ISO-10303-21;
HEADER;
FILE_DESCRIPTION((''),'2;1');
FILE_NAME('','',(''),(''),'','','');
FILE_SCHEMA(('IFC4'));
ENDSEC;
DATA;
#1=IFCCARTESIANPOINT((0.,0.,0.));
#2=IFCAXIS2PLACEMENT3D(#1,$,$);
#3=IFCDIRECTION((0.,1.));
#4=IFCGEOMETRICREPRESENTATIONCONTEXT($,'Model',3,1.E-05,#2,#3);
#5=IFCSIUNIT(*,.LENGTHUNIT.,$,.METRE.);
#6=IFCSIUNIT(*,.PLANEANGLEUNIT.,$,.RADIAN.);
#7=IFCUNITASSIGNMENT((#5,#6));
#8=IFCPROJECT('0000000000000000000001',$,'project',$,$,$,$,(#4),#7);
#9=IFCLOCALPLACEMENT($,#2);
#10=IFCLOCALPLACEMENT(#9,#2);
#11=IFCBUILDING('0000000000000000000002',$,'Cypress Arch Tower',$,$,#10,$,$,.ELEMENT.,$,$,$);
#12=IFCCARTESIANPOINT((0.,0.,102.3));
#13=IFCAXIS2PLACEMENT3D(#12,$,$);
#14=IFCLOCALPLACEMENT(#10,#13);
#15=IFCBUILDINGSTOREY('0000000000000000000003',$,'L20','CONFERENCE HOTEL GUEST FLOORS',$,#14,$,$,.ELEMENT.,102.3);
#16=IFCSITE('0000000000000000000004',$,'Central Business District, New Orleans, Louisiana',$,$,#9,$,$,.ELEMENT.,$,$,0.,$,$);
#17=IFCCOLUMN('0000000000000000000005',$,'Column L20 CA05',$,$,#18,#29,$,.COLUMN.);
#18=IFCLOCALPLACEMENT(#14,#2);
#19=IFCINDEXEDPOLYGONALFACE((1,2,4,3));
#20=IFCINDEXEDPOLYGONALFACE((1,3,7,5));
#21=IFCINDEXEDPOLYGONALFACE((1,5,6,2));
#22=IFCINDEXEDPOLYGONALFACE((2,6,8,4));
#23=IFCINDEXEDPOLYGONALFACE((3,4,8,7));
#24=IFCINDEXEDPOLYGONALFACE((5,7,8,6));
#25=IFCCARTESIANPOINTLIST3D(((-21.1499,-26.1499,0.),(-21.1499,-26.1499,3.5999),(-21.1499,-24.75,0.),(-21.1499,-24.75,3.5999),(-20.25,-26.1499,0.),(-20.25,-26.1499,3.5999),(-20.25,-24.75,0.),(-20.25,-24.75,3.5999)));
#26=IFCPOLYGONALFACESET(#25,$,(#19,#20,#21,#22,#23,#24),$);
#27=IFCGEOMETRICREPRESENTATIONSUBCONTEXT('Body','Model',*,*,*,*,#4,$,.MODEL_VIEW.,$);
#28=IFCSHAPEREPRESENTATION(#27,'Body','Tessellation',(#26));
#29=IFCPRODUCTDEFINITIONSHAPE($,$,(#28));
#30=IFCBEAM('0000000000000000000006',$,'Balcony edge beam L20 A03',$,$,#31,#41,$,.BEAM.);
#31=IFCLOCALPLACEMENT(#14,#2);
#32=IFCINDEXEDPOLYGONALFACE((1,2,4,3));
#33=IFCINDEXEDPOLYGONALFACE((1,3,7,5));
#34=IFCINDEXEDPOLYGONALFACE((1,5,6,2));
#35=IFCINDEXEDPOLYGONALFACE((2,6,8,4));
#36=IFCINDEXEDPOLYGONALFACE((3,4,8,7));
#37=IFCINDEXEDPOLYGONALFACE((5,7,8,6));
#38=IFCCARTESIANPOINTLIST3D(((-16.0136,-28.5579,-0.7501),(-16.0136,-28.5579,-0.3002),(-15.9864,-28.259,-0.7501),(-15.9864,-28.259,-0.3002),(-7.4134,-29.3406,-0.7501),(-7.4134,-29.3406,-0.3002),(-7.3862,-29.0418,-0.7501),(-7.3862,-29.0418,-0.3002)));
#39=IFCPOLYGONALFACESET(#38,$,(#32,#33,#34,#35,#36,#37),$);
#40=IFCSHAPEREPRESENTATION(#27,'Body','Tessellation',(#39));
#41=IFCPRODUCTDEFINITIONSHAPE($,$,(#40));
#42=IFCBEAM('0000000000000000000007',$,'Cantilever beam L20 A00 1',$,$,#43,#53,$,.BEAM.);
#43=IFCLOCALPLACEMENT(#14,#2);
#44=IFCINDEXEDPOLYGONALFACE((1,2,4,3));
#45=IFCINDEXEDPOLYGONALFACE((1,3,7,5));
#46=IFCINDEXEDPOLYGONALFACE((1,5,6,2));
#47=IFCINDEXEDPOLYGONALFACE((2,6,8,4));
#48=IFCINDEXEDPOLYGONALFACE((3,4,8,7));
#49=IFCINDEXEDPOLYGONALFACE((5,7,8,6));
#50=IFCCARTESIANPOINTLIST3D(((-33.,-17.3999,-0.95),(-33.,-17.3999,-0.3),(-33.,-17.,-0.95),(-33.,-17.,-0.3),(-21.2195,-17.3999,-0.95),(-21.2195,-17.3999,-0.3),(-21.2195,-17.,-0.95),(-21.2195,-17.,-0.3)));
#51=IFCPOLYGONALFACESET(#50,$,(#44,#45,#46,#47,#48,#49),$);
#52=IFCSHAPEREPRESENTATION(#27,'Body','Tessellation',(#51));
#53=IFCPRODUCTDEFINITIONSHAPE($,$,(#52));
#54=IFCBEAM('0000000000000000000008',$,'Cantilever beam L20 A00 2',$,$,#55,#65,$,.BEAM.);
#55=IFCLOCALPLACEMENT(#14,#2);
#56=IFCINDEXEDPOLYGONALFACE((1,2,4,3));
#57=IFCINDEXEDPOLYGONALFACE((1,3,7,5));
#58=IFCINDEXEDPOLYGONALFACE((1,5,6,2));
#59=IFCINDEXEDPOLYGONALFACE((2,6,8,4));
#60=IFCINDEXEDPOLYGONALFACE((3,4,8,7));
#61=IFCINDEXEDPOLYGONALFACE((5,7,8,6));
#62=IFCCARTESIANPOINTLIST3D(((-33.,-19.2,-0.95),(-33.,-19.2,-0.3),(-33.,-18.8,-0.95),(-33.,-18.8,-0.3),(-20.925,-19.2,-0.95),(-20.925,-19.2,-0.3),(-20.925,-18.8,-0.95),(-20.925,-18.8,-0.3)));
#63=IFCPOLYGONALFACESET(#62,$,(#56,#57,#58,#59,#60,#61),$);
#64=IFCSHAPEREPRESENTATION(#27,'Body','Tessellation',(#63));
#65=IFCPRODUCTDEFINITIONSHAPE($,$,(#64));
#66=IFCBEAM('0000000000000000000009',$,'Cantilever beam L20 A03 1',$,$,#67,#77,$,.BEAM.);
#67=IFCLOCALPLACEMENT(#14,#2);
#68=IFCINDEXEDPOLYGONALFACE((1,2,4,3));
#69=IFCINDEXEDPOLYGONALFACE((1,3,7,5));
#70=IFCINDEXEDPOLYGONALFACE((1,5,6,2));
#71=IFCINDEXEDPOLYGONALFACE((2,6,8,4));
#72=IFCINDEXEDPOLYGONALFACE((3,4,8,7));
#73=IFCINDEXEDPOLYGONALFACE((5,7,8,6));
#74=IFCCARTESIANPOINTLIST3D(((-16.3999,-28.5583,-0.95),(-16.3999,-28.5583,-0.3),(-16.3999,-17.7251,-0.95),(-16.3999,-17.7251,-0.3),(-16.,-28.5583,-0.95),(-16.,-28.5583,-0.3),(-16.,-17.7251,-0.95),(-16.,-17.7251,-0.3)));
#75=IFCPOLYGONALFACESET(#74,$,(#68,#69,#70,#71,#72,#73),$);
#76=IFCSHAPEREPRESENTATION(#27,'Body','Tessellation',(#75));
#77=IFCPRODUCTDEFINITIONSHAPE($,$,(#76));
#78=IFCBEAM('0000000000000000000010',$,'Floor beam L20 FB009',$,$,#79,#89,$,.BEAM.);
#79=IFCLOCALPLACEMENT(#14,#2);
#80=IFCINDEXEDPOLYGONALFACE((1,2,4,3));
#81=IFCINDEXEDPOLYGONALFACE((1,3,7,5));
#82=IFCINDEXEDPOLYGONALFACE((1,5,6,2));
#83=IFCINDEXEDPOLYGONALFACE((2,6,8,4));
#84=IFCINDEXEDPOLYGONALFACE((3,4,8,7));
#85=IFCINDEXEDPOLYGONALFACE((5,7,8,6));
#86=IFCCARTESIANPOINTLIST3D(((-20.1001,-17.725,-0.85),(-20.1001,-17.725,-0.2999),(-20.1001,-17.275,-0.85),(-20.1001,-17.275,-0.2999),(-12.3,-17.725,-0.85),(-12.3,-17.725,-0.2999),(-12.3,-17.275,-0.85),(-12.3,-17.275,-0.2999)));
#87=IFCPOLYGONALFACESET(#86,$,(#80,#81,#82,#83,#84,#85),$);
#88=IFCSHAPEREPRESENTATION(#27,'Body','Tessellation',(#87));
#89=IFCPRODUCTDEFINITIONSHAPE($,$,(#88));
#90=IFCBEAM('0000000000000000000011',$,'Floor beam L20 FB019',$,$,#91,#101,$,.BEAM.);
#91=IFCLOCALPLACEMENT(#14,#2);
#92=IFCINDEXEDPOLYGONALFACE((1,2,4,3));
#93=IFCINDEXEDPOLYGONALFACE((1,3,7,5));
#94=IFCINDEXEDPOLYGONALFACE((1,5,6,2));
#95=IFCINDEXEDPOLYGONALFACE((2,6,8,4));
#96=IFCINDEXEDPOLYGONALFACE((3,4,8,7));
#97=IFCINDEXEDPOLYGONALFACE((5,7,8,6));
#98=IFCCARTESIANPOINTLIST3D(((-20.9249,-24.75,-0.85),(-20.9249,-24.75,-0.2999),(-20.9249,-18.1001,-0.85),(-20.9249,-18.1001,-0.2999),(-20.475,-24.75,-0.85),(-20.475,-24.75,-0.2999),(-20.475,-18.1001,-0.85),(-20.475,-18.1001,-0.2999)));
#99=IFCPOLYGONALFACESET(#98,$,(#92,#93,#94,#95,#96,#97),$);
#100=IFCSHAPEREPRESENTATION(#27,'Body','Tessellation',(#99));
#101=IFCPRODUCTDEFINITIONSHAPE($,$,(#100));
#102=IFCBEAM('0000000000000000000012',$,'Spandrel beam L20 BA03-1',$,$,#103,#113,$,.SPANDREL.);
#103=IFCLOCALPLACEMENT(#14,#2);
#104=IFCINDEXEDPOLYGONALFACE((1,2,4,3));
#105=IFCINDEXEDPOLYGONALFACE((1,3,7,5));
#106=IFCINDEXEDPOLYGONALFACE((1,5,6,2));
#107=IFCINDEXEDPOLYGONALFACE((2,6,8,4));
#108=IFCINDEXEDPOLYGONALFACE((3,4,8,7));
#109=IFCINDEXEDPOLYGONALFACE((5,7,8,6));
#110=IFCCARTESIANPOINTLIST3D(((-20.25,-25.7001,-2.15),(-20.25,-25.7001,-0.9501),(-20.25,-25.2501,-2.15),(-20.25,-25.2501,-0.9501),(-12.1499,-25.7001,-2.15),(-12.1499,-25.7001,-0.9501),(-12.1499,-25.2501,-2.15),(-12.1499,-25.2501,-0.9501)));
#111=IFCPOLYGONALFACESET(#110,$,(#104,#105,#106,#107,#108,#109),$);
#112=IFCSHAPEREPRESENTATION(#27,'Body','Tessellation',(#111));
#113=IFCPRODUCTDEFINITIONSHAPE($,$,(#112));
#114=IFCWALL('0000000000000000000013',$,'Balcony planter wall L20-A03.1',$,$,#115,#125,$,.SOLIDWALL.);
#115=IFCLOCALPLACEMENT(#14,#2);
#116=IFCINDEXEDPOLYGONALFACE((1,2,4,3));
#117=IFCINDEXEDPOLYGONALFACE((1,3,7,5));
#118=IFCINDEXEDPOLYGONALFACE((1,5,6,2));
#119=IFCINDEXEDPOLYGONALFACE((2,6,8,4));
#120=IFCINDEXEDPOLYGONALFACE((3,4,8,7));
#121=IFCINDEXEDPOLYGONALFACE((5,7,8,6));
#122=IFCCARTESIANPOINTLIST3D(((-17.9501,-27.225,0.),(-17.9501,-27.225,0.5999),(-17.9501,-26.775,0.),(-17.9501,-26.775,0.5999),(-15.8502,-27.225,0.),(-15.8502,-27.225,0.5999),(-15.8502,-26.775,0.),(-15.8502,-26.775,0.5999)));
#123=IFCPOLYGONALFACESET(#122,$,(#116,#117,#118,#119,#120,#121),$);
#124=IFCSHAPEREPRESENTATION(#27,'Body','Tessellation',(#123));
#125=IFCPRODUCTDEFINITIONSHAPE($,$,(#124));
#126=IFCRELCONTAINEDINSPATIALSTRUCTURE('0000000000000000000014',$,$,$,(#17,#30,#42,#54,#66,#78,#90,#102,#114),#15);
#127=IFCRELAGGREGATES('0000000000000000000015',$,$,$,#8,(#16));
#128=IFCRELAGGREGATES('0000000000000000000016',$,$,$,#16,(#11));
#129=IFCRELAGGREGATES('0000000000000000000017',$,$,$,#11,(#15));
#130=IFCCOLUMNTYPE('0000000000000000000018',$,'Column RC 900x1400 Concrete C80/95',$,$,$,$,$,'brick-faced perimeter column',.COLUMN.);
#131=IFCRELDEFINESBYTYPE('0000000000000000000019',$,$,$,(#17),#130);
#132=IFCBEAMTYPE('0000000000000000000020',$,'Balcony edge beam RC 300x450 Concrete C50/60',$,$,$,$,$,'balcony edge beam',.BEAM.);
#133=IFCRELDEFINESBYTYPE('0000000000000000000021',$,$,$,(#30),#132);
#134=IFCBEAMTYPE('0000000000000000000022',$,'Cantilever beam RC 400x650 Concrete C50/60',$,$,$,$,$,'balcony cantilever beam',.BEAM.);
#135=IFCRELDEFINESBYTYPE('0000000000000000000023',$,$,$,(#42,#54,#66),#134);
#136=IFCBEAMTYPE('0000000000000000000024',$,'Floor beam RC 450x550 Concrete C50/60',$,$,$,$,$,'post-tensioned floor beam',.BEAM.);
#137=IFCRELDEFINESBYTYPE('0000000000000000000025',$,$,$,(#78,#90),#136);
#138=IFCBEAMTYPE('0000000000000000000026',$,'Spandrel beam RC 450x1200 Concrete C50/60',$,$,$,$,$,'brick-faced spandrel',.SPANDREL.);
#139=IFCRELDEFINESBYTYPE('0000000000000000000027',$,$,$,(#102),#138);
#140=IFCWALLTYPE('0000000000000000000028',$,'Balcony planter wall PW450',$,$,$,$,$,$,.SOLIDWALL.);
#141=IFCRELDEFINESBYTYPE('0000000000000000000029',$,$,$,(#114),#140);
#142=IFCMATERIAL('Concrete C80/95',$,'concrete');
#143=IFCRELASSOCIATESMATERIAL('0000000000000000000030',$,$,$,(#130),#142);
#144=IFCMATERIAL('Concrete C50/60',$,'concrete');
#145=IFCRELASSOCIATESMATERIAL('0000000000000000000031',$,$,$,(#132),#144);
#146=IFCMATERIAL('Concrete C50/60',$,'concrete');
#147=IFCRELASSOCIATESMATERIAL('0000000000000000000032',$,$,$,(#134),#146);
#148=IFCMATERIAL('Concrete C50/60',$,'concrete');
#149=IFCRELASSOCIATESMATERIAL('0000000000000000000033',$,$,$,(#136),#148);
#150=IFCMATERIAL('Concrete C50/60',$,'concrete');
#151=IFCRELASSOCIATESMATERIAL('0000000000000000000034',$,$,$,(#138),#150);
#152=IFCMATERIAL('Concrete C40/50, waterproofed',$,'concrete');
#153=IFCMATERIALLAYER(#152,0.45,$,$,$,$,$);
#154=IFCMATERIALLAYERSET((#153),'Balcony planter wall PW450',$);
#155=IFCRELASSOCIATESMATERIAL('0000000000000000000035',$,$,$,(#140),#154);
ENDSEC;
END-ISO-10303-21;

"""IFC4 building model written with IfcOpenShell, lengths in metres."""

from ifc_helpers import new_model, si_unit, direction, frame, frame_2d, origin, origin_2d, place, context, subcontext, project, spatial, rectangle, extrude, material, layer, layer_set, material_profile, profile_set, type_object, element, save


model = new_model("IFC4")

# Units and contexts
model_context = context("Model", 3, precision=1e-05, world=origin(), true_north=direction((0.0, 1.0)))
body_context = subcontext(model_context, "Body", "Model", "MODEL_VIEW")
ifc_project = project(units=[si_unit("LENGTHUNIT", "METRE"), si_unit("PLANEANGLEUNIT", "RADIAN")], contexts=[model_context])

# Site, building, storey
site_placement = place(None, origin())
site = spatial("IfcSite", under=ifc_project, at=site_placement, Name="Central Business District, New Orleans, Louisiana", CompositionType="ELEMENT", RefElevation=0.0)
building_placement = place(site_placement, origin())
building = spatial("IfcBuilding", under=site, at=building_placement, Name="Cypress Arch Tower", CompositionType="ELEMENT")
storey_placement = place(building_placement, frame((0.0, 0.0, 102.3)))
storey = spatial("IfcBuildingStorey", under=building, at=storey_placement, Name="L20", Description="CONFERENCE HOTEL GUEST FLOORS", CompositionType="ELEMENT", Elevation=102.3)

# Column
ifc_material_1 = material(Name="Concrete C80/95", Category="concrete")
ifc_material_profile_1 = material_profile(ifc_material_1, rectangle(XDim=0.8999, YDim=1.3999, at=origin_2d()), Name="RC 900x1400")
ifc_profile_set_1 = profile_set([ifc_material_profile_1], Name="Concrete C80/95")
column_type = type_object("IfcColumnType", Name="Column RC 900x1400 Concrete C80/95", ElementType="brick-faced perimeter column", PredefinedType="COLUMN", material=ifc_profile_set_1)
column_placement = place(storey_placement, frame((-20.7, -25.45, 0.0), z_axis=(0.0, 0.0, 1.0), x_axis=(1.0, 0.0, 0.0)))
element("IfcColumn", 1, at=column_placement, inside=storey, type_object=column_type, Name="Column L20 CA05", PredefinedType="COLUMN", context=body_context, shape_type="SweptSolid", body=[
    extrude(rectangle(XDim=0.8999, YDim=1.3999, at=origin_2d()), origin(), (0.0, 0.0, 1.0), 3.5999),
])

# Beams
ifc_material_2 = material(Name="Concrete C50/60", Category="concrete")
ifc_material_profile_2 = material_profile(ifc_material_2, rectangle(XDim=0.3, YDim=0.45, at=origin_2d()), Name="RC 300x450")
ifc_profile_set_2 = profile_set([ifc_material_profile_2], Name="Concrete C50/60")
beam_type_1 = type_object("IfcBeamType", Name="Balcony edge beam RC 300x450 Concrete C50/60", ElementType="balcony edge beam", PredefinedType="BEAM", material=ifc_profile_set_2)
beam_1_placement = place(storey_placement, frame((-16.0, -28.4084, -0.5251), z_axis=(0.995884, -0.090638, 0.0), x_axis=(0.090638, 0.995884, 0.0)))
element("IfcBeam", 2, at=beam_1_placement, inside=storey, type_object=beam_type_1, Name="Balcony edge beam L20 A03", PredefinedType="BEAM", context=body_context, shape_type="SweptSolid", body=[
    extrude(rectangle(XDim=0.3, YDim=0.45, at=origin_2d()), origin(), (0.0, 0.0, 1.0), 8.6357),
])
ifc_material_3 = material(Name="Concrete C50/60", Category="concrete")
ifc_material_profile_3 = material_profile(ifc_material_3, rectangle(XDim=0.3999, YDim=0.6499, at=origin_2d()), Name="RC 400x650")
ifc_profile_set_3 = profile_set([ifc_material_profile_3], Name="Concrete C50/60")
beam_type_2 = type_object("IfcBeamType", Name="Cantilever beam RC 400x650 Concrete C50/60", ElementType="balcony cantilever beam", PredefinedType="BEAM", material=ifc_profile_set_3)
beam_2_placement = place(storey_placement, frame((-21.2195, -17.2, -0.625), z_axis=(-1.0, 0.0, 0.0), x_axis=(0.0, -1.0, 0.0)))
element("IfcBeam", 3, at=beam_2_placement, inside=storey, type_object=beam_type_2, Name="Cantilever beam L20 A00 1", PredefinedType="BEAM", context=body_context, shape_type="SweptSolid", body=[
    extrude(rectangle(XDim=0.3999, YDim=0.6499, at=origin_2d()), origin(), (0.0, 0.0, 1.0), 11.7805),
])
beam_3_placement = place(storey_placement, frame((-20.925, -19.0, -0.625), z_axis=(-1.0, 0.0, 0.0), x_axis=(0.0, -1.0, 0.0)))
element("IfcBeam", 4, at=beam_3_placement, inside=storey, type_object=beam_type_2, Name="Cantilever beam L20 A00 2", PredefinedType="BEAM", context=body_context, shape_type="SweptSolid", body=[
    extrude(rectangle(XDim=0.3999, YDim=0.6499, at=origin_2d()), origin(), (0.0, 0.0, 1.0), 12.075),
])
beam_4_placement = place(storey_placement, frame((-16.2, -17.7251, -0.625), z_axis=(0.0, -1.0, 0.0), x_axis=(1.0, 0.0, 0.0)))
element("IfcBeam", 5, at=beam_4_placement, inside=storey, type_object=beam_type_2, Name="Cantilever beam L20 A03 1", PredefinedType="BEAM", context=body_context, shape_type="SweptSolid", body=[
    extrude(rectangle(XDim=0.3999, YDim=0.6499, at=origin_2d()), origin(), (0.0, 0.0, 1.0), 10.8333),
])
ifc_material_4 = material(Name="Concrete C50/60", Category="concrete")
ifc_material_profile_4 = material_profile(ifc_material_4, rectangle(XDim=0.45, YDim=0.55, at=origin_2d()), Name="RC 450x550")
ifc_profile_set_4 = profile_set([ifc_material_profile_4], Name="Concrete C50/60")
beam_type_3 = type_object("IfcBeamType", Name="Floor beam RC 450x550 Concrete C50/60", ElementType="post-tensioned floor beam", PredefinedType="BEAM", material=ifc_profile_set_4)
beam_5_placement = place(storey_placement, frame((-20.1001, -17.5, -0.575), z_axis=(1.0, 0.0, 0.0), x_axis=(0.0, 1.0, 0.0)))
element("IfcBeam", 6, at=beam_5_placement, inside=storey, type_object=beam_type_3, Name="Floor beam L20 FB009", PredefinedType="BEAM", context=body_context, shape_type="SweptSolid", body=[
    extrude(rectangle(XDim=0.45, YDim=0.55, at=origin_2d()), origin(), (0.0, 0.0, 1.0), 7.8),
])
beam_6_placement = place(storey_placement, frame((-20.7, -24.75, -0.575), z_axis=(0.0, 1.0, 0.0), x_axis=(-1.0, 0.0, 0.0)))
element("IfcBeam", 7, at=beam_6_placement, inside=storey, type_object=beam_type_3, Name="Floor beam L20 FB019", PredefinedType="BEAM", context=body_context, shape_type="SweptSolid", body=[
    extrude(rectangle(XDim=0.45, YDim=0.55, at=origin_2d()), origin(), (0.0, 0.0, 1.0), 6.6499),
])
ifc_material_5 = material(Name="Concrete C50/60", Category="concrete")
ifc_material_profile_5 = material_profile(ifc_material_5, rectangle(XDim=0.45, YDim=1.2, at=origin_2d()), Name="RC 450x1200")
ifc_profile_set_5 = profile_set([ifc_material_profile_5], Name="Concrete C50/60")
beam_type_4 = type_object("IfcBeamType", Name="Spandrel beam RC 450x1200 Concrete C50/60", ElementType="brick-faced spandrel", PredefinedType="SPANDREL", material=ifc_profile_set_5)
beam_7_placement = place(storey_placement, frame((-20.25, -25.4751, -1.55), z_axis=(1.0, 0.0, 0.0), x_axis=(0.0, 1.0, 0.0)))
element("IfcBeam", 8, at=beam_7_placement, inside=storey, type_object=beam_type_4, Name="Spandrel beam L20 BA03-1", PredefinedType="SPANDREL", context=body_context, shape_type="SweptSolid", body=[
    extrude(rectangle(XDim=0.45, YDim=1.2, at=origin_2d()), origin(), (0.0, 0.0, 1.0), 8.1001),
])

# Wall
ifc_material_6 = material(Name="Concrete C40/50, waterproofed", Category="concrete")
ifc_layer_1 = layer(ifc_material_6, 0.45)
ifc_layer_set_1 = layer_set([ifc_layer_1], Name="Balcony planter wall PW450")
wall_type_1 = type_object("IfcWallType", Name="Balcony planter wall PW450", PredefinedType="SOLIDWALL", material=ifc_layer_set_1)
wall_1_placement = place(storey_placement, frame((-17.95, -27.0, 0.0), z_axis=(0.0, 0.0, 1.0), x_axis=(1.0, 0.0, 0.0)))
element("IfcWall", 9, at=wall_1_placement, inside=storey, type_object=wall_type_1, Name="Balcony planter wall L20-A03.1", PredefinedType="SOLIDWALL", context=body_context, shape_type="SweptSolid", body=[
    extrude(rectangle(XDim=2.0999, YDim=0.45, at=frame_2d((1.0498, 0.0))), origin(), (0.0, 0.0, 1.0), 0.5999),
])

save(model, "model.ifc")
